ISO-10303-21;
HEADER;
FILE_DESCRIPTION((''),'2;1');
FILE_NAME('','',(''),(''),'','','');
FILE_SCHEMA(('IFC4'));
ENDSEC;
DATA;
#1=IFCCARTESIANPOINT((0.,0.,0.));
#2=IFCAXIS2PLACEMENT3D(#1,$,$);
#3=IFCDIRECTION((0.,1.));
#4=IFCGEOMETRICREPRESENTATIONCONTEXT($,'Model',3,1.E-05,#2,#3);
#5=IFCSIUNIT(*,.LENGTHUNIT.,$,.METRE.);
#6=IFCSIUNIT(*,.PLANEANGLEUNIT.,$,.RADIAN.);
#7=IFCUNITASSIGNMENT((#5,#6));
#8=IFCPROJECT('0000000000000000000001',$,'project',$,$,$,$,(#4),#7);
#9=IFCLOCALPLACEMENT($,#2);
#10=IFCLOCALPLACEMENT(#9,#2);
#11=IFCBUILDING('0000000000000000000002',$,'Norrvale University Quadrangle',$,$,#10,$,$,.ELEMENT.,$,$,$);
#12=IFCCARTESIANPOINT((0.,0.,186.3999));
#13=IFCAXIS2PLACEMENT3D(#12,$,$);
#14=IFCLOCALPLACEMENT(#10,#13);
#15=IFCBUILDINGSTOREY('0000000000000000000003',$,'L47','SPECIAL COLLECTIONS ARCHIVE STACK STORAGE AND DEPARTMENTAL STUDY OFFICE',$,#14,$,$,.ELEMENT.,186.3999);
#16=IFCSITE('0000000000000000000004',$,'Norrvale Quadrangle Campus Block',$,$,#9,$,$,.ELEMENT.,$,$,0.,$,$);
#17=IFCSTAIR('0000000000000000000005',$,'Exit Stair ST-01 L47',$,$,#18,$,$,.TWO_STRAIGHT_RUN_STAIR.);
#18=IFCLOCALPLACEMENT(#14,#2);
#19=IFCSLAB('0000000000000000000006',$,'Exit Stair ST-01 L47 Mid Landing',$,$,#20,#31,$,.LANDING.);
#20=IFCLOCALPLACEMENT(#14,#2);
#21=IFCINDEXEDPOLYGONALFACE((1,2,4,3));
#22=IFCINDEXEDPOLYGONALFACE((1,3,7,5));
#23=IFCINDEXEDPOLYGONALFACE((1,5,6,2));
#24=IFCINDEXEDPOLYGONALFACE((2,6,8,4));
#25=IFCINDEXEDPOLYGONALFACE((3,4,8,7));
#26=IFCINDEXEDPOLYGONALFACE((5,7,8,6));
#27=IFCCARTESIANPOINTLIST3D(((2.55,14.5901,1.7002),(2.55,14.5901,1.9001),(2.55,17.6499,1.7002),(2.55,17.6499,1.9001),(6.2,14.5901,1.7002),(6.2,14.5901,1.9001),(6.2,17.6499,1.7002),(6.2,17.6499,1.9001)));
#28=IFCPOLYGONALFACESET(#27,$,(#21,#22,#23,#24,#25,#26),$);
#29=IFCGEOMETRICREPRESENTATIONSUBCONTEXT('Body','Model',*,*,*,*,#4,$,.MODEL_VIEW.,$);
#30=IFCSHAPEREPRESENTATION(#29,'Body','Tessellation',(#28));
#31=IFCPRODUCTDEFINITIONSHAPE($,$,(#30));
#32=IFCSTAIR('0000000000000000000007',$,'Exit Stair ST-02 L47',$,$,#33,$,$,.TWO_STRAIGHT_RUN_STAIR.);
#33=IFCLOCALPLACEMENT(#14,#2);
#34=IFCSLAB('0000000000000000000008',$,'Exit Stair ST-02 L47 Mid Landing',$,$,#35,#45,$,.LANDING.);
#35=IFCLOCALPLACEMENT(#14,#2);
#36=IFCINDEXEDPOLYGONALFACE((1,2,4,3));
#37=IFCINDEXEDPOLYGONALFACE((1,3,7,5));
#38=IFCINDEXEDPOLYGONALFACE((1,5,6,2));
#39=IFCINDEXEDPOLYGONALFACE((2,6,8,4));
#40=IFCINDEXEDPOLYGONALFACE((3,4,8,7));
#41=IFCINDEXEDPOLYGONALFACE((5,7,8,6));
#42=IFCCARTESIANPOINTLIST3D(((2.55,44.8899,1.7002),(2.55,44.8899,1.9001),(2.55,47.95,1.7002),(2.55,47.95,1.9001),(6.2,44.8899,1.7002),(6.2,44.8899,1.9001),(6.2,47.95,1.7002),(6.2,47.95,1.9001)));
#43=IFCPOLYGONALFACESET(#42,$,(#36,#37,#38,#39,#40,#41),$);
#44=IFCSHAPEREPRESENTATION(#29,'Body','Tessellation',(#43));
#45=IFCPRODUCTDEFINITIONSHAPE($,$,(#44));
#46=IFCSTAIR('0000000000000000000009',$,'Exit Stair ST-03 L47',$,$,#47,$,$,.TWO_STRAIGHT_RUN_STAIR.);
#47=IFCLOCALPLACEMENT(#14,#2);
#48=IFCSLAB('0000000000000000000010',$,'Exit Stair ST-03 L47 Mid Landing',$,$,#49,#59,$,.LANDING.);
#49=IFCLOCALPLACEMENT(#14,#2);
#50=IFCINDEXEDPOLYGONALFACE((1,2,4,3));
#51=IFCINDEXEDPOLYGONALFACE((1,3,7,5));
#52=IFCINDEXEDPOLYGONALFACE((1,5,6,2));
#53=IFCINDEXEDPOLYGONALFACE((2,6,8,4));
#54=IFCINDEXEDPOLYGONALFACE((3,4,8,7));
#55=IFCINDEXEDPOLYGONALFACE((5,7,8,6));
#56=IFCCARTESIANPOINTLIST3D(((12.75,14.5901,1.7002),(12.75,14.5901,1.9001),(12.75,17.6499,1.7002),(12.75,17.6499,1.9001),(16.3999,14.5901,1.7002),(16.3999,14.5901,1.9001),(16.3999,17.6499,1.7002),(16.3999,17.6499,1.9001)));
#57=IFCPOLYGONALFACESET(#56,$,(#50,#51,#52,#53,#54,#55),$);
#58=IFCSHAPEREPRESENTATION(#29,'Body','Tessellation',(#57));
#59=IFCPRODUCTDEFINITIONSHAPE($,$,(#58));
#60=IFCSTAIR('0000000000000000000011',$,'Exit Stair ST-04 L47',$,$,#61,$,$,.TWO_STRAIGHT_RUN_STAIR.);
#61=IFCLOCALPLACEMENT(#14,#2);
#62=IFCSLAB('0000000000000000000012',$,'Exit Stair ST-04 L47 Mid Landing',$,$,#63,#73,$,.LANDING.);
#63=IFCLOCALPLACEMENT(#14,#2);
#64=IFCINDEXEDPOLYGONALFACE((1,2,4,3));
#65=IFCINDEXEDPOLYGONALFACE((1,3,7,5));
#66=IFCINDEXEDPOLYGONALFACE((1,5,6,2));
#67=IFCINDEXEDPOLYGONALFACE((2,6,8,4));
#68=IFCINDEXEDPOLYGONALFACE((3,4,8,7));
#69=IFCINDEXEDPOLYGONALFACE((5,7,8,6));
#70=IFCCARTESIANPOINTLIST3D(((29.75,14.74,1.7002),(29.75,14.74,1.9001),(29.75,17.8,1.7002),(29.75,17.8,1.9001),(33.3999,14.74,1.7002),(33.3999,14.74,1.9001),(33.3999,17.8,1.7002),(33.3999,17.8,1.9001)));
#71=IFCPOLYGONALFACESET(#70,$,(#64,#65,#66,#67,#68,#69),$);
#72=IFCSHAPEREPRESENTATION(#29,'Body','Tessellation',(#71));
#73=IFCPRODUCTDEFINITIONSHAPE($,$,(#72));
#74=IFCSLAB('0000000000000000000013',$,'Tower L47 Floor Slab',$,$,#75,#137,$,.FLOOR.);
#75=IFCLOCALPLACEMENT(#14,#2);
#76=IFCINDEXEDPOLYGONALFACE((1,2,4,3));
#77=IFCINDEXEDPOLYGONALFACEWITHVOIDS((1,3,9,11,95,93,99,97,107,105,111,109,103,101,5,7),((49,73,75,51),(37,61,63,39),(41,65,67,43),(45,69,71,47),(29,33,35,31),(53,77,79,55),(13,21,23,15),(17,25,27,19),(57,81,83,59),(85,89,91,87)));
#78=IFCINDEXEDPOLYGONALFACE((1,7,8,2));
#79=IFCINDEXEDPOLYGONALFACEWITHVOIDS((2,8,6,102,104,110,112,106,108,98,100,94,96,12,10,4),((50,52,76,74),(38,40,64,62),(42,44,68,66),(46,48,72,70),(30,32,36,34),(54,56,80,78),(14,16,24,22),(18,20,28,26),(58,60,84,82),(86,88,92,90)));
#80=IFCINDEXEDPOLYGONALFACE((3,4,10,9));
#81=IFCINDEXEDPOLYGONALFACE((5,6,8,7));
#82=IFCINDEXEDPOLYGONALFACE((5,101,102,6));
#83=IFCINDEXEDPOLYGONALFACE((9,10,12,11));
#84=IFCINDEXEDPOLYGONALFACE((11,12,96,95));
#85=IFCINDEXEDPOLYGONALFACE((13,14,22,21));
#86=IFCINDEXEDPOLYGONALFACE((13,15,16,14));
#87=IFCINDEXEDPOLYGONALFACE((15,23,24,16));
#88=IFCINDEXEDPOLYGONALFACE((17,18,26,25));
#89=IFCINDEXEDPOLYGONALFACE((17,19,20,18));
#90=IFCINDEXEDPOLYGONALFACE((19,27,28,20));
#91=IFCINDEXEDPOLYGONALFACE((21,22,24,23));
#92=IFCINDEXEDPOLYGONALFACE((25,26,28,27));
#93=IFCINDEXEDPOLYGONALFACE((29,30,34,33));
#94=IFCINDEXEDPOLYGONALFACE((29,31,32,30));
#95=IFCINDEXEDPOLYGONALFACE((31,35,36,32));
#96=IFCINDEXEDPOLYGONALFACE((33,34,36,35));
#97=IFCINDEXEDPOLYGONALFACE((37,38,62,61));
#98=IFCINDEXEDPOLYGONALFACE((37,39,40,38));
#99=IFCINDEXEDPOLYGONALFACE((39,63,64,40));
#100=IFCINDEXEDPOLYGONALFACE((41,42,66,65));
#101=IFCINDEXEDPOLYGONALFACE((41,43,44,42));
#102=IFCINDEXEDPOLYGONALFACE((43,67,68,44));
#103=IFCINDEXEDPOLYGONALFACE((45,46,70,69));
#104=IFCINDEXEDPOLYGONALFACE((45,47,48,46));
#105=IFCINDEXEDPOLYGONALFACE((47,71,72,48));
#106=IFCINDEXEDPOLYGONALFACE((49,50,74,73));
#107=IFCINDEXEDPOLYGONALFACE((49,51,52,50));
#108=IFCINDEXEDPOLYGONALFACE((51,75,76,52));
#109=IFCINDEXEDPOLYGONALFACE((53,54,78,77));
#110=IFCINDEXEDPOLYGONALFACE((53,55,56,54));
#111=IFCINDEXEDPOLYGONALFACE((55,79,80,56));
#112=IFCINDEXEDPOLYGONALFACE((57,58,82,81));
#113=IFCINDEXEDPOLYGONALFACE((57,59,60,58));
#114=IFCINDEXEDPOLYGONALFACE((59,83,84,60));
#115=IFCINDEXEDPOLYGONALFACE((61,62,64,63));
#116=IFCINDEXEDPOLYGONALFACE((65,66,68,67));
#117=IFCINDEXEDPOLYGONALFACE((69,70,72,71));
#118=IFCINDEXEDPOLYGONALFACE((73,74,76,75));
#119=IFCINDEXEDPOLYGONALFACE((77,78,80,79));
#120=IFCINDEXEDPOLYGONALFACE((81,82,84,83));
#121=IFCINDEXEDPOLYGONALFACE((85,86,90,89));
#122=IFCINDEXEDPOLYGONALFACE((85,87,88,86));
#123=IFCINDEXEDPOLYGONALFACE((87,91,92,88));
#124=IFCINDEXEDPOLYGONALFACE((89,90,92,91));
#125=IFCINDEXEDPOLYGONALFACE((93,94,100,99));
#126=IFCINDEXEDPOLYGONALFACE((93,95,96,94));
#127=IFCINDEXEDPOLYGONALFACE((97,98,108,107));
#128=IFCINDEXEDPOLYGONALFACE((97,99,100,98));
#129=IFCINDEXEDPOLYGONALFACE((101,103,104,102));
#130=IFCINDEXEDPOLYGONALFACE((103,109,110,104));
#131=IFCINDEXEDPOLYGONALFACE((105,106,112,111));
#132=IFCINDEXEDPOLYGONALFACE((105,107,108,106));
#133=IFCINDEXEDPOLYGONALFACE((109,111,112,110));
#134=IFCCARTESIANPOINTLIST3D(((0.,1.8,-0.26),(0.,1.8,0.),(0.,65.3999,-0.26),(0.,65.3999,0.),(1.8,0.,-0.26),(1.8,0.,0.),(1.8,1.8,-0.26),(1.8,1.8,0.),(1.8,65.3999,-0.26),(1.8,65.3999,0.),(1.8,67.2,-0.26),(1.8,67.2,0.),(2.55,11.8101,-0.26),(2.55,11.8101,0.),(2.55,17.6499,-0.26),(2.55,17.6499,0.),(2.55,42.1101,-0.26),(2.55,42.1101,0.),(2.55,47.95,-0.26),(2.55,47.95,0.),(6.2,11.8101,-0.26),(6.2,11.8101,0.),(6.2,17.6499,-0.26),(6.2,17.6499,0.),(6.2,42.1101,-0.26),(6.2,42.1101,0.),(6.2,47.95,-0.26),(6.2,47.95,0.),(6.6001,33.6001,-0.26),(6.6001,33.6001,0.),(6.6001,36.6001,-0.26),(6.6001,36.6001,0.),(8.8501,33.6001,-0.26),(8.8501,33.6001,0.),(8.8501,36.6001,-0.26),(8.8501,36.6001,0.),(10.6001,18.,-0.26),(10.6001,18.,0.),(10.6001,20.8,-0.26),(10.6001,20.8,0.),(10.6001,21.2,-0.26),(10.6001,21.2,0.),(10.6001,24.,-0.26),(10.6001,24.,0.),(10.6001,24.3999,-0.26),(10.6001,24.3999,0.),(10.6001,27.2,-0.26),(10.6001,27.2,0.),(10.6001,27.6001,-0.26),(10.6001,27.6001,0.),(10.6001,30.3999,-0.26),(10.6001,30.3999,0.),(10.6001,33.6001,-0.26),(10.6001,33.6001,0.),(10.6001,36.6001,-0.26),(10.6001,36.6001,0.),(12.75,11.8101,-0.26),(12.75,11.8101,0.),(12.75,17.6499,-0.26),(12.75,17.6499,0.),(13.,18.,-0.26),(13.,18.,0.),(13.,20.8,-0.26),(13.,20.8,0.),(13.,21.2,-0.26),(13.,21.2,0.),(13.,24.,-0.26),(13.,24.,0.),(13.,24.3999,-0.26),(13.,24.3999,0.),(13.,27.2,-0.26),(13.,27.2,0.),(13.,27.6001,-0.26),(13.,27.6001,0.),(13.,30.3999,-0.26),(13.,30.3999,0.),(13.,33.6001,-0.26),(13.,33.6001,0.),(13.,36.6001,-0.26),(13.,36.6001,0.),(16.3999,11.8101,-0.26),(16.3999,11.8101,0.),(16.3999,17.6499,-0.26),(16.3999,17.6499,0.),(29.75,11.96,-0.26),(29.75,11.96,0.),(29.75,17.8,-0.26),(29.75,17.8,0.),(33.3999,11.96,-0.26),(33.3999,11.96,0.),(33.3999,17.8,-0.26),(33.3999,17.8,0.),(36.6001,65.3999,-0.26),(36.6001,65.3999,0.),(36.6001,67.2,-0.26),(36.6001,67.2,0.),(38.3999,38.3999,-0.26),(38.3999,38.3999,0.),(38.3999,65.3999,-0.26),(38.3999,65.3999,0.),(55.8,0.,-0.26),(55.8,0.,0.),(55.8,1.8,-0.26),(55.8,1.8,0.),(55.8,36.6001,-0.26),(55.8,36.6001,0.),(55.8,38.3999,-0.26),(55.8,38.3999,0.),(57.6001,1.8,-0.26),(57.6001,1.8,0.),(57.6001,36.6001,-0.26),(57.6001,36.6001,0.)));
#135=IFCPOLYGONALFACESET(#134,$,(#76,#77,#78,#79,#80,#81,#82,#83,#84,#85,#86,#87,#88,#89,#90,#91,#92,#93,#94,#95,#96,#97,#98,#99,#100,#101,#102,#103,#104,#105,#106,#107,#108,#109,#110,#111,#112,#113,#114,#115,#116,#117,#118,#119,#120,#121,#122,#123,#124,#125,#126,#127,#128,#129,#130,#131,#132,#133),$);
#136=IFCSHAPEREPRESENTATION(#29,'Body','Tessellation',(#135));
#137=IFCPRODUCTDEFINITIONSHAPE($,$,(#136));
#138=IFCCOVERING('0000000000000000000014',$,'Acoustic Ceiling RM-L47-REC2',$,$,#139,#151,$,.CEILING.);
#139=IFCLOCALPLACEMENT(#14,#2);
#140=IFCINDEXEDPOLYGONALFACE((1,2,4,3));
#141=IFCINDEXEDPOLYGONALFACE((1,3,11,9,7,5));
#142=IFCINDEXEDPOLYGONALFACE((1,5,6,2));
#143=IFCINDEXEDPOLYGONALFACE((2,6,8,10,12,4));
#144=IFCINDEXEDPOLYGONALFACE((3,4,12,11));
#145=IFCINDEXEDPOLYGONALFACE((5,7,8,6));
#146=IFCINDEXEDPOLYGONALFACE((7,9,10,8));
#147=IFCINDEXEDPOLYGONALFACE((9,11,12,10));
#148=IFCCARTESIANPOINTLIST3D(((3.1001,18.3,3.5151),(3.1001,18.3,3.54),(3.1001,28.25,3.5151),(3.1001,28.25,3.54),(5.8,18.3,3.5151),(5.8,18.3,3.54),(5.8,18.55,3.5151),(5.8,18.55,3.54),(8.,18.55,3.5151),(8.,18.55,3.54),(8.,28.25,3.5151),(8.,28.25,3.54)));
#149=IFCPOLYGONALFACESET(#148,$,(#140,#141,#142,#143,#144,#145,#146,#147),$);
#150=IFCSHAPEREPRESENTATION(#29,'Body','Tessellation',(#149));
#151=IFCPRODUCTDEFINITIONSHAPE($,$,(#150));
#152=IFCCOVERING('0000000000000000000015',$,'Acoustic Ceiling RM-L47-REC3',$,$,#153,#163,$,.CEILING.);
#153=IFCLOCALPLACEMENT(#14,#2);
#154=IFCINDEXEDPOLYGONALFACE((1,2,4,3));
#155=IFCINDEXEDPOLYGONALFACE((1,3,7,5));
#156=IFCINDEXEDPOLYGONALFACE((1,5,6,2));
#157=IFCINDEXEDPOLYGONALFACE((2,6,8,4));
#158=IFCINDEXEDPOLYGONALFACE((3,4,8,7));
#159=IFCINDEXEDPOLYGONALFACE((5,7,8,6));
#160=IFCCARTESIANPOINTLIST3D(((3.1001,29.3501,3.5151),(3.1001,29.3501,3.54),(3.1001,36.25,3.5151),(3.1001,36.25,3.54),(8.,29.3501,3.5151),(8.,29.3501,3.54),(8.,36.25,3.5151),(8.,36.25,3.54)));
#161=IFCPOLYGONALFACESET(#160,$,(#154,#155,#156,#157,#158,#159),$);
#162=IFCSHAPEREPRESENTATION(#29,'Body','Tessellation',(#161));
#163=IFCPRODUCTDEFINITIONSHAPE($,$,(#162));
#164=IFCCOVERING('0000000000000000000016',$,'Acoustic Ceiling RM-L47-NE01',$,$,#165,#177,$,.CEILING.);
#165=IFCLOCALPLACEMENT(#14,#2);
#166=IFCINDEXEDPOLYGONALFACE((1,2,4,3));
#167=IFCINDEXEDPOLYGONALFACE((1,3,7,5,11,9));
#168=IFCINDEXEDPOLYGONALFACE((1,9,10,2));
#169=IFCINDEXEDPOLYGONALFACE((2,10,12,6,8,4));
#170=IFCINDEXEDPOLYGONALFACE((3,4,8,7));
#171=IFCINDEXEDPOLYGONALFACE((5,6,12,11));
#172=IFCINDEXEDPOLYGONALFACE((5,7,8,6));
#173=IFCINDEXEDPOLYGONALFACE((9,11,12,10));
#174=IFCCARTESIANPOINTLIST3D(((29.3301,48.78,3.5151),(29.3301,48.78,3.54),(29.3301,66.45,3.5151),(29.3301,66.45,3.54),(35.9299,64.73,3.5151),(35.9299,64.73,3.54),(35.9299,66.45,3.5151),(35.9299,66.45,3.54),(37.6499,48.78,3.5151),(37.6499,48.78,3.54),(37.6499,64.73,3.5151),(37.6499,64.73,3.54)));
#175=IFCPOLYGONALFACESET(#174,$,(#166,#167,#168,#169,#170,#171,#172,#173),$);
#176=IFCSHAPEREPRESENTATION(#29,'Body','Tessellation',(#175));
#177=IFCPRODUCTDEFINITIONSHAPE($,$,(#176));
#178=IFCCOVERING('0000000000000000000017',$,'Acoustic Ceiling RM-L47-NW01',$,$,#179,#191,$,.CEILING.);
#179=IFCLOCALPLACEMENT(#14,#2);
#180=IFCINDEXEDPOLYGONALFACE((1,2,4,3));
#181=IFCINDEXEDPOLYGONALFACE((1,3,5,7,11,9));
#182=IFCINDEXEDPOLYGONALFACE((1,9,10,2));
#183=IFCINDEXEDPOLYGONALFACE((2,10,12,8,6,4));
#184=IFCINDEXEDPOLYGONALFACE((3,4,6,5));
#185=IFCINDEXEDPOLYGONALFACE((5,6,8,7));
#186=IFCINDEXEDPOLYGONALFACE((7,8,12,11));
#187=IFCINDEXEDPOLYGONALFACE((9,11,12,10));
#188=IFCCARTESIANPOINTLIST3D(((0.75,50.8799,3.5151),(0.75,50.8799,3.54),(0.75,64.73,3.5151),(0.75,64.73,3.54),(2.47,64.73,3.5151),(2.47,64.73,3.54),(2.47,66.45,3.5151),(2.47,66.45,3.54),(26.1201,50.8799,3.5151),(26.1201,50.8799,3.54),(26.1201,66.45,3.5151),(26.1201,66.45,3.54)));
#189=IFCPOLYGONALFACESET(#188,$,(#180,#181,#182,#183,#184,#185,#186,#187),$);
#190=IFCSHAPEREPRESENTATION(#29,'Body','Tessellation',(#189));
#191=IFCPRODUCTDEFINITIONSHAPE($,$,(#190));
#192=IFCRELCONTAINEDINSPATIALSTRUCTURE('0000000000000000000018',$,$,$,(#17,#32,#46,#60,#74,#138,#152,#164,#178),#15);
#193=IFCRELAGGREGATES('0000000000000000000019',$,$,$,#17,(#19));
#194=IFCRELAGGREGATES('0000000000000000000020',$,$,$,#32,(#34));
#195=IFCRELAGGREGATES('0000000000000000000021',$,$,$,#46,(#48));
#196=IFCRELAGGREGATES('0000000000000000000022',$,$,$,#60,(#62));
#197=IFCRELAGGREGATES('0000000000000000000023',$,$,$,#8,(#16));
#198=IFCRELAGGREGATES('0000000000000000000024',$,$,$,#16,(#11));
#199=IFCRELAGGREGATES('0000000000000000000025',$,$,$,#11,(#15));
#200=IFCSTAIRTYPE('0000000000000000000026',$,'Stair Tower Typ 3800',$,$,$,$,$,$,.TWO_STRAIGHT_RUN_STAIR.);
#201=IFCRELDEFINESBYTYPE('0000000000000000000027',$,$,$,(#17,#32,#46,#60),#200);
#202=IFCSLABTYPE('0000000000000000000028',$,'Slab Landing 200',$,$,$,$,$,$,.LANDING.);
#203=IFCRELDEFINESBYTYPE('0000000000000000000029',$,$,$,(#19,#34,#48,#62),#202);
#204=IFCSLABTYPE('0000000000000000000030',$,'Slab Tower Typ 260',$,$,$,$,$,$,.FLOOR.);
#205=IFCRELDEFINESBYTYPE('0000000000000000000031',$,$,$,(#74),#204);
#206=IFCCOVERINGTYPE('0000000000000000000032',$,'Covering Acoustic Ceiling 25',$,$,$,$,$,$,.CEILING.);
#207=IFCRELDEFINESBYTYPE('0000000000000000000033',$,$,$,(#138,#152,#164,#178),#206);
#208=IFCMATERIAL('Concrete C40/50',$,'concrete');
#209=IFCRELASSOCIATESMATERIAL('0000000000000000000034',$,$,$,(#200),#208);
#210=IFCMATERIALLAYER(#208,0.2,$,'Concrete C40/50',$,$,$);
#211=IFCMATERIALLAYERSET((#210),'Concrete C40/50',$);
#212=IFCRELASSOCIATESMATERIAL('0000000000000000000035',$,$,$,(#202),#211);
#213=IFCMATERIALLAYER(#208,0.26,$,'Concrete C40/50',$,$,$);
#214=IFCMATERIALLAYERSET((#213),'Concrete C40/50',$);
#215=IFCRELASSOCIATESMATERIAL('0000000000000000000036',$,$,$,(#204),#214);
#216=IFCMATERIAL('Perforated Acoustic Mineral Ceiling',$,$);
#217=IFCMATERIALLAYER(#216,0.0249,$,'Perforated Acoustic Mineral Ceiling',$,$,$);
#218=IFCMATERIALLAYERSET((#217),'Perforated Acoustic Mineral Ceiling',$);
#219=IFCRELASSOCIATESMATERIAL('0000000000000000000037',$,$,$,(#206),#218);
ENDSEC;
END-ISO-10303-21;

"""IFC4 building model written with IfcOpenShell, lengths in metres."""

from ifc_helpers import new_model, si_unit, direction, frame, origin, place, context, subcontext, project, spatial, polyline, outline, extrude, material, layer, layer_set, type_object, element, aggregate, save


model = new_model("IFC4")

# Units and contexts
model_context = context("Model", 3, precision=1e-05, world=origin(), true_north=direction((0.0, 1.0)))
body_context = subcontext(model_context, "Body", "Model", "MODEL_VIEW")
ifc_project = project(units=[si_unit("LENGTHUNIT", "METRE"), si_unit("PLANEANGLEUNIT", "RADIAN")], contexts=[model_context])

# Site, building, storey
site_placement = place(None, origin())
site = spatial("IfcSite", under=ifc_project, at=site_placement, Name="Norrvale Quadrangle Campus Block", CompositionType="ELEMENT", RefElevation=0.0)
building_placement = place(site_placement, origin())
building = spatial("IfcBuilding", under=site, at=building_placement, Name="Norrvale University Quadrangle", CompositionType="ELEMENT")
storey_placement = place(building_placement, frame((0.0, 0.0, 186.3999)))
storey = spatial("IfcBuildingStorey", under=building, at=storey_placement, Name="L47", Description="SPECIAL COLLECTIONS ARCHIVE STACK STORAGE AND DEPARTMENTAL STUDY OFFICE", CompositionType="ELEMENT", Elevation=186.3999)

# Stairs, slabs
ifc_material_1 = material(Name="Concrete C40/50", Category="concrete")
stair_type = type_object("IfcStairType", Name="Stair Tower Typ 3800", PredefinedType="TWO_STRAIGHT_RUN_STAIR", material=ifc_material_1)
stair_1_placement = place(storey_placement, origin())
stair_1 = element("IfcStair", 1, at=stair_1_placement, inside=storey, type_object=stair_type, Name="Exit Stair ST-01 L47", PredefinedType="TWO_STRAIGHT_RUN_STAIR")
ifc_layer_1 = layer(ifc_material_1, 0.2, Name="Concrete C40/50")
ifc_layer_set_1 = layer_set([ifc_layer_1], Name="Concrete C40/50")
slab_type_1 = type_object("IfcSlabType", Name="Slab Landing 200", PredefinedType="LANDING", material=ifc_layer_set_1)
slab_1_placement = place(storey_placement, frame((0.0, 0.0, 1.7002)))
slab_1 = element("IfcSlab", 2, at=slab_1_placement, type_object=slab_type_1, Name="Exit Stair ST-01 L47 Mid Landing", PredefinedType="LANDING", context=body_context, shape_type="SweptSolid", body=[
    extrude(outline(polyline([(2.55, 14.5901), (6.2, 14.5901), (6.2, 17.6499), (2.55, 17.6499), (2.55, 14.5901)])), origin(), (0.0, 0.0, 1.0), 0.2),
])
aggregate(stair_1, [slab_1])
stair_2_placement = place(storey_placement, origin())
stair_2 = element("IfcStair", 3, at=stair_2_placement, inside=storey, type_object=stair_type, Name="Exit Stair ST-02 L47", PredefinedType="TWO_STRAIGHT_RUN_STAIR")
slab_2_placement = place(storey_placement, frame((0.0, 0.0, 1.7002)))
slab_2 = element("IfcSlab", 4, at=slab_2_placement, type_object=slab_type_1, Name="Exit Stair ST-02 L47 Mid Landing", PredefinedType="LANDING", context=body_context, shape_type="SweptSolid", body=[
    extrude(outline(polyline([(2.55, 44.8899), (6.2, 44.8899), (6.2, 47.95), (2.55, 47.95), (2.55, 44.8899)])), origin(), (0.0, 0.0, 1.0), 0.2),
])
aggregate(stair_2, [slab_2])
stair_3_placement = place(storey_placement, origin())
stair_3 = element("IfcStair", 5, at=stair_3_placement, inside=storey, type_object=stair_type, Name="Exit Stair ST-03 L47", PredefinedType="TWO_STRAIGHT_RUN_STAIR")
slab_3_placement = place(storey_placement, frame((0.0, 0.0, 1.7002)))
slab_3 = element("IfcSlab", 6, at=slab_3_placement, type_object=slab_type_1, Name="Exit Stair ST-03 L47 Mid Landing", PredefinedType="LANDING", context=body_context, shape_type="SweptSolid", body=[
    extrude(outline(polyline([(12.75, 14.5901), (16.3999, 14.5901), (16.3999, 17.6499), (12.75, 17.6499), (12.75, 14.5901)])), origin(), (0.0, 0.0, 1.0), 0.2),
])
aggregate(stair_3, [slab_3])
stair_4_placement = place(storey_placement, origin())
stair_4 = element("IfcStair", 7, at=stair_4_placement, inside=storey, type_object=stair_type, Name="Exit Stair ST-04 L47", PredefinedType="TWO_STRAIGHT_RUN_STAIR")
slab_4_placement = place(storey_placement, frame((0.0, 0.0, 1.7002)))
slab_4 = element("IfcSlab", 8, at=slab_4_placement, type_object=slab_type_1, Name="Exit Stair ST-04 L47 Mid Landing", PredefinedType="LANDING", context=body_context, shape_type="SweptSolid", body=[
    extrude(outline(polyline([(29.75, 14.74), (33.3999, 14.74), (33.3999, 17.8), (29.75, 17.8), (29.75, 14.74)])), origin(), (0.0, 0.0, 1.0), 0.2),
])
aggregate(stair_4, [slab_4])

# Slab
ifc_layer_2 = layer(ifc_material_1, 0.26, Name="Concrete C40/50")
ifc_layer_set_2 = layer_set([ifc_layer_2], Name="Concrete C40/50")
slab_type_2 = type_object("IfcSlabType", Name="Slab Tower Typ 260", PredefinedType="FLOOR", material=ifc_layer_set_2)
slab_5_placement = place(storey_placement, frame((0.0, 0.0, -0.26)))
element("IfcSlab", 9, at=slab_5_placement, inside=storey, type_object=slab_type_2, Name="Tower L47 Floor Slab", PredefinedType="FLOOR", context=body_context, shape_type="SweptSolid", body=[
    extrude(outline(polyline([(1.8, 0.0), (55.8, 0.0), (55.8, 1.8), (57.6001, 1.8), (57.6001, 36.6001), (55.8, 36.6001), (55.8, 38.3999), (38.3999, 38.3999), (38.3999, 65.3999), (36.6001, 65.3999), (36.6001, 67.2), (1.8, 67.2), (1.8, 65.3999), (0.0, 65.3999), (0.0, 1.8), (1.8, 1.8), (1.8, 0.0)]), holes=[polyline([(2.55, 11.8101), (6.2, 11.8101), (6.2, 17.6499), (2.55, 17.6499), (2.55, 11.8101)]), polyline([(2.55, 42.1101), (6.2, 42.1101), (6.2, 47.95), (2.55, 47.95), (2.55, 42.1101)]), polyline([(12.75, 11.8101), (16.3999, 11.8101), (16.3999, 17.6499), (12.75, 17.6499), (12.75, 11.8101)]), polyline([(29.75, 11.96), (33.3999, 11.96), (33.3999, 17.8), (29.75, 17.8), (29.75, 11.96)]), polyline([(10.6001, 18.0), (13.0, 18.0), (13.0, 20.8), (10.6001, 20.8), (10.6001, 18.0)]), polyline([(10.6001, 21.2), (13.0, 21.2), (13.0, 24.0), (10.6001, 24.0), (10.6001, 21.2)]), polyline([(10.6001, 24.3999), (13.0, 24.3999), (13.0, 27.2), (10.6001, 27.2), (10.6001, 24.3999)]), polyline([(10.6001, 27.6001), (13.0, 27.6001), (13.0, 30.3999), (10.6001, 30.3999), (10.6001, 27.6001)]), polyline([(6.6001, 33.6001), (8.8501, 33.6001), (8.8501, 36.6001), (6.6001, 36.6001), (6.6001, 33.6001)]), polyline([(10.6001, 33.6001), (13.0, 33.6001), (13.0, 36.6001), (10.6001, 36.6001), (10.6001, 33.6001)])]), origin(), (0.0, 0.0, 1.0), 0.26),
])

# Coverings
ifc_material_2 = material(Name="Perforated Acoustic Mineral Ceiling")
ifc_layer_3 = layer(ifc_material_2, 0.0249, Name="Perforated Acoustic Mineral Ceiling")
ifc_layer_set_3 = layer_set([ifc_layer_3], Name="Perforated Acoustic Mineral Ceiling")
covering_type_1 = type_object("IfcCoveringType", Name="Covering Acoustic Ceiling 25", PredefinedType="CEILING", material=ifc_layer_set_3)
covering_1_placement = place(storey_placement, frame((0.0, 0.0, 3.5151)))
element("IfcCovering", 10, at=covering_1_placement, inside=storey, type_object=covering_type_1, Name="Acoustic Ceiling RM-L47-REC2", PredefinedType="CEILING", context=body_context, shape_type="SweptSolid", body=[
    extrude(outline(polyline([(3.1001, 18.3), (3.1001, 28.25), (8.0, 28.25), (8.0, 18.55), (5.8, 18.55), (5.8, 18.3), (3.1001, 18.3)])), origin(), (0.0, 0.0, 1.0), 0.0249),
])
covering_2_placement = place(storey_placement, frame((0.0, 0.0, 3.5151)))
element("IfcCovering", 11, at=covering_2_placement, inside=storey, type_object=covering_type_1, Name="Acoustic Ceiling RM-L47-REC3", PredefinedType="CEILING", context=body_context, shape_type="SweptSolid", body=[
    extrude(outline(polyline([(3.1001, 29.3501), (3.1001, 36.25), (8.0, 36.25), (8.0, 29.3501), (3.1001, 29.3501)])), origin(), (0.0, 0.0, 1.0), 0.0249),
])
covering_3_placement = place(storey_placement, frame((0.0, 0.0, 3.5151)))
element("IfcCovering", 12, at=covering_3_placement, inside=storey, type_object=covering_type_1, Name="Acoustic Ceiling RM-L47-NE01", PredefinedType="CEILING", context=body_context, shape_type="SweptSolid", body=[
    extrude(outline(polyline([(37.6499, 48.78), (29.3301, 48.78), (29.3301, 66.45), (35.9299, 66.45), (35.9299, 64.73), (37.6499, 64.73), (37.6499, 48.78)])), origin(), (0.0, 0.0, 1.0), 0.0249),
])
covering_4_placement = place(storey_placement, frame((0.0, 0.0, 3.5151)))
element("IfcCovering", 13, at=covering_4_placement, inside=storey, type_object=covering_type_1, Name="Acoustic Ceiling RM-L47-NW01", PredefinedType="CEILING", context=body_context, shape_type="SweptSolid", body=[
    extrude(outline(polyline([(26.1201, 66.45), (26.1201, 50.8799), (0.75, 50.8799), (0.75, 64.73), (2.47, 64.73), (2.47, 66.45), (26.1201, 66.45)])), origin(), (0.0, 0.0, 1.0), 0.0249),
])

save(model, "model.ifc")
